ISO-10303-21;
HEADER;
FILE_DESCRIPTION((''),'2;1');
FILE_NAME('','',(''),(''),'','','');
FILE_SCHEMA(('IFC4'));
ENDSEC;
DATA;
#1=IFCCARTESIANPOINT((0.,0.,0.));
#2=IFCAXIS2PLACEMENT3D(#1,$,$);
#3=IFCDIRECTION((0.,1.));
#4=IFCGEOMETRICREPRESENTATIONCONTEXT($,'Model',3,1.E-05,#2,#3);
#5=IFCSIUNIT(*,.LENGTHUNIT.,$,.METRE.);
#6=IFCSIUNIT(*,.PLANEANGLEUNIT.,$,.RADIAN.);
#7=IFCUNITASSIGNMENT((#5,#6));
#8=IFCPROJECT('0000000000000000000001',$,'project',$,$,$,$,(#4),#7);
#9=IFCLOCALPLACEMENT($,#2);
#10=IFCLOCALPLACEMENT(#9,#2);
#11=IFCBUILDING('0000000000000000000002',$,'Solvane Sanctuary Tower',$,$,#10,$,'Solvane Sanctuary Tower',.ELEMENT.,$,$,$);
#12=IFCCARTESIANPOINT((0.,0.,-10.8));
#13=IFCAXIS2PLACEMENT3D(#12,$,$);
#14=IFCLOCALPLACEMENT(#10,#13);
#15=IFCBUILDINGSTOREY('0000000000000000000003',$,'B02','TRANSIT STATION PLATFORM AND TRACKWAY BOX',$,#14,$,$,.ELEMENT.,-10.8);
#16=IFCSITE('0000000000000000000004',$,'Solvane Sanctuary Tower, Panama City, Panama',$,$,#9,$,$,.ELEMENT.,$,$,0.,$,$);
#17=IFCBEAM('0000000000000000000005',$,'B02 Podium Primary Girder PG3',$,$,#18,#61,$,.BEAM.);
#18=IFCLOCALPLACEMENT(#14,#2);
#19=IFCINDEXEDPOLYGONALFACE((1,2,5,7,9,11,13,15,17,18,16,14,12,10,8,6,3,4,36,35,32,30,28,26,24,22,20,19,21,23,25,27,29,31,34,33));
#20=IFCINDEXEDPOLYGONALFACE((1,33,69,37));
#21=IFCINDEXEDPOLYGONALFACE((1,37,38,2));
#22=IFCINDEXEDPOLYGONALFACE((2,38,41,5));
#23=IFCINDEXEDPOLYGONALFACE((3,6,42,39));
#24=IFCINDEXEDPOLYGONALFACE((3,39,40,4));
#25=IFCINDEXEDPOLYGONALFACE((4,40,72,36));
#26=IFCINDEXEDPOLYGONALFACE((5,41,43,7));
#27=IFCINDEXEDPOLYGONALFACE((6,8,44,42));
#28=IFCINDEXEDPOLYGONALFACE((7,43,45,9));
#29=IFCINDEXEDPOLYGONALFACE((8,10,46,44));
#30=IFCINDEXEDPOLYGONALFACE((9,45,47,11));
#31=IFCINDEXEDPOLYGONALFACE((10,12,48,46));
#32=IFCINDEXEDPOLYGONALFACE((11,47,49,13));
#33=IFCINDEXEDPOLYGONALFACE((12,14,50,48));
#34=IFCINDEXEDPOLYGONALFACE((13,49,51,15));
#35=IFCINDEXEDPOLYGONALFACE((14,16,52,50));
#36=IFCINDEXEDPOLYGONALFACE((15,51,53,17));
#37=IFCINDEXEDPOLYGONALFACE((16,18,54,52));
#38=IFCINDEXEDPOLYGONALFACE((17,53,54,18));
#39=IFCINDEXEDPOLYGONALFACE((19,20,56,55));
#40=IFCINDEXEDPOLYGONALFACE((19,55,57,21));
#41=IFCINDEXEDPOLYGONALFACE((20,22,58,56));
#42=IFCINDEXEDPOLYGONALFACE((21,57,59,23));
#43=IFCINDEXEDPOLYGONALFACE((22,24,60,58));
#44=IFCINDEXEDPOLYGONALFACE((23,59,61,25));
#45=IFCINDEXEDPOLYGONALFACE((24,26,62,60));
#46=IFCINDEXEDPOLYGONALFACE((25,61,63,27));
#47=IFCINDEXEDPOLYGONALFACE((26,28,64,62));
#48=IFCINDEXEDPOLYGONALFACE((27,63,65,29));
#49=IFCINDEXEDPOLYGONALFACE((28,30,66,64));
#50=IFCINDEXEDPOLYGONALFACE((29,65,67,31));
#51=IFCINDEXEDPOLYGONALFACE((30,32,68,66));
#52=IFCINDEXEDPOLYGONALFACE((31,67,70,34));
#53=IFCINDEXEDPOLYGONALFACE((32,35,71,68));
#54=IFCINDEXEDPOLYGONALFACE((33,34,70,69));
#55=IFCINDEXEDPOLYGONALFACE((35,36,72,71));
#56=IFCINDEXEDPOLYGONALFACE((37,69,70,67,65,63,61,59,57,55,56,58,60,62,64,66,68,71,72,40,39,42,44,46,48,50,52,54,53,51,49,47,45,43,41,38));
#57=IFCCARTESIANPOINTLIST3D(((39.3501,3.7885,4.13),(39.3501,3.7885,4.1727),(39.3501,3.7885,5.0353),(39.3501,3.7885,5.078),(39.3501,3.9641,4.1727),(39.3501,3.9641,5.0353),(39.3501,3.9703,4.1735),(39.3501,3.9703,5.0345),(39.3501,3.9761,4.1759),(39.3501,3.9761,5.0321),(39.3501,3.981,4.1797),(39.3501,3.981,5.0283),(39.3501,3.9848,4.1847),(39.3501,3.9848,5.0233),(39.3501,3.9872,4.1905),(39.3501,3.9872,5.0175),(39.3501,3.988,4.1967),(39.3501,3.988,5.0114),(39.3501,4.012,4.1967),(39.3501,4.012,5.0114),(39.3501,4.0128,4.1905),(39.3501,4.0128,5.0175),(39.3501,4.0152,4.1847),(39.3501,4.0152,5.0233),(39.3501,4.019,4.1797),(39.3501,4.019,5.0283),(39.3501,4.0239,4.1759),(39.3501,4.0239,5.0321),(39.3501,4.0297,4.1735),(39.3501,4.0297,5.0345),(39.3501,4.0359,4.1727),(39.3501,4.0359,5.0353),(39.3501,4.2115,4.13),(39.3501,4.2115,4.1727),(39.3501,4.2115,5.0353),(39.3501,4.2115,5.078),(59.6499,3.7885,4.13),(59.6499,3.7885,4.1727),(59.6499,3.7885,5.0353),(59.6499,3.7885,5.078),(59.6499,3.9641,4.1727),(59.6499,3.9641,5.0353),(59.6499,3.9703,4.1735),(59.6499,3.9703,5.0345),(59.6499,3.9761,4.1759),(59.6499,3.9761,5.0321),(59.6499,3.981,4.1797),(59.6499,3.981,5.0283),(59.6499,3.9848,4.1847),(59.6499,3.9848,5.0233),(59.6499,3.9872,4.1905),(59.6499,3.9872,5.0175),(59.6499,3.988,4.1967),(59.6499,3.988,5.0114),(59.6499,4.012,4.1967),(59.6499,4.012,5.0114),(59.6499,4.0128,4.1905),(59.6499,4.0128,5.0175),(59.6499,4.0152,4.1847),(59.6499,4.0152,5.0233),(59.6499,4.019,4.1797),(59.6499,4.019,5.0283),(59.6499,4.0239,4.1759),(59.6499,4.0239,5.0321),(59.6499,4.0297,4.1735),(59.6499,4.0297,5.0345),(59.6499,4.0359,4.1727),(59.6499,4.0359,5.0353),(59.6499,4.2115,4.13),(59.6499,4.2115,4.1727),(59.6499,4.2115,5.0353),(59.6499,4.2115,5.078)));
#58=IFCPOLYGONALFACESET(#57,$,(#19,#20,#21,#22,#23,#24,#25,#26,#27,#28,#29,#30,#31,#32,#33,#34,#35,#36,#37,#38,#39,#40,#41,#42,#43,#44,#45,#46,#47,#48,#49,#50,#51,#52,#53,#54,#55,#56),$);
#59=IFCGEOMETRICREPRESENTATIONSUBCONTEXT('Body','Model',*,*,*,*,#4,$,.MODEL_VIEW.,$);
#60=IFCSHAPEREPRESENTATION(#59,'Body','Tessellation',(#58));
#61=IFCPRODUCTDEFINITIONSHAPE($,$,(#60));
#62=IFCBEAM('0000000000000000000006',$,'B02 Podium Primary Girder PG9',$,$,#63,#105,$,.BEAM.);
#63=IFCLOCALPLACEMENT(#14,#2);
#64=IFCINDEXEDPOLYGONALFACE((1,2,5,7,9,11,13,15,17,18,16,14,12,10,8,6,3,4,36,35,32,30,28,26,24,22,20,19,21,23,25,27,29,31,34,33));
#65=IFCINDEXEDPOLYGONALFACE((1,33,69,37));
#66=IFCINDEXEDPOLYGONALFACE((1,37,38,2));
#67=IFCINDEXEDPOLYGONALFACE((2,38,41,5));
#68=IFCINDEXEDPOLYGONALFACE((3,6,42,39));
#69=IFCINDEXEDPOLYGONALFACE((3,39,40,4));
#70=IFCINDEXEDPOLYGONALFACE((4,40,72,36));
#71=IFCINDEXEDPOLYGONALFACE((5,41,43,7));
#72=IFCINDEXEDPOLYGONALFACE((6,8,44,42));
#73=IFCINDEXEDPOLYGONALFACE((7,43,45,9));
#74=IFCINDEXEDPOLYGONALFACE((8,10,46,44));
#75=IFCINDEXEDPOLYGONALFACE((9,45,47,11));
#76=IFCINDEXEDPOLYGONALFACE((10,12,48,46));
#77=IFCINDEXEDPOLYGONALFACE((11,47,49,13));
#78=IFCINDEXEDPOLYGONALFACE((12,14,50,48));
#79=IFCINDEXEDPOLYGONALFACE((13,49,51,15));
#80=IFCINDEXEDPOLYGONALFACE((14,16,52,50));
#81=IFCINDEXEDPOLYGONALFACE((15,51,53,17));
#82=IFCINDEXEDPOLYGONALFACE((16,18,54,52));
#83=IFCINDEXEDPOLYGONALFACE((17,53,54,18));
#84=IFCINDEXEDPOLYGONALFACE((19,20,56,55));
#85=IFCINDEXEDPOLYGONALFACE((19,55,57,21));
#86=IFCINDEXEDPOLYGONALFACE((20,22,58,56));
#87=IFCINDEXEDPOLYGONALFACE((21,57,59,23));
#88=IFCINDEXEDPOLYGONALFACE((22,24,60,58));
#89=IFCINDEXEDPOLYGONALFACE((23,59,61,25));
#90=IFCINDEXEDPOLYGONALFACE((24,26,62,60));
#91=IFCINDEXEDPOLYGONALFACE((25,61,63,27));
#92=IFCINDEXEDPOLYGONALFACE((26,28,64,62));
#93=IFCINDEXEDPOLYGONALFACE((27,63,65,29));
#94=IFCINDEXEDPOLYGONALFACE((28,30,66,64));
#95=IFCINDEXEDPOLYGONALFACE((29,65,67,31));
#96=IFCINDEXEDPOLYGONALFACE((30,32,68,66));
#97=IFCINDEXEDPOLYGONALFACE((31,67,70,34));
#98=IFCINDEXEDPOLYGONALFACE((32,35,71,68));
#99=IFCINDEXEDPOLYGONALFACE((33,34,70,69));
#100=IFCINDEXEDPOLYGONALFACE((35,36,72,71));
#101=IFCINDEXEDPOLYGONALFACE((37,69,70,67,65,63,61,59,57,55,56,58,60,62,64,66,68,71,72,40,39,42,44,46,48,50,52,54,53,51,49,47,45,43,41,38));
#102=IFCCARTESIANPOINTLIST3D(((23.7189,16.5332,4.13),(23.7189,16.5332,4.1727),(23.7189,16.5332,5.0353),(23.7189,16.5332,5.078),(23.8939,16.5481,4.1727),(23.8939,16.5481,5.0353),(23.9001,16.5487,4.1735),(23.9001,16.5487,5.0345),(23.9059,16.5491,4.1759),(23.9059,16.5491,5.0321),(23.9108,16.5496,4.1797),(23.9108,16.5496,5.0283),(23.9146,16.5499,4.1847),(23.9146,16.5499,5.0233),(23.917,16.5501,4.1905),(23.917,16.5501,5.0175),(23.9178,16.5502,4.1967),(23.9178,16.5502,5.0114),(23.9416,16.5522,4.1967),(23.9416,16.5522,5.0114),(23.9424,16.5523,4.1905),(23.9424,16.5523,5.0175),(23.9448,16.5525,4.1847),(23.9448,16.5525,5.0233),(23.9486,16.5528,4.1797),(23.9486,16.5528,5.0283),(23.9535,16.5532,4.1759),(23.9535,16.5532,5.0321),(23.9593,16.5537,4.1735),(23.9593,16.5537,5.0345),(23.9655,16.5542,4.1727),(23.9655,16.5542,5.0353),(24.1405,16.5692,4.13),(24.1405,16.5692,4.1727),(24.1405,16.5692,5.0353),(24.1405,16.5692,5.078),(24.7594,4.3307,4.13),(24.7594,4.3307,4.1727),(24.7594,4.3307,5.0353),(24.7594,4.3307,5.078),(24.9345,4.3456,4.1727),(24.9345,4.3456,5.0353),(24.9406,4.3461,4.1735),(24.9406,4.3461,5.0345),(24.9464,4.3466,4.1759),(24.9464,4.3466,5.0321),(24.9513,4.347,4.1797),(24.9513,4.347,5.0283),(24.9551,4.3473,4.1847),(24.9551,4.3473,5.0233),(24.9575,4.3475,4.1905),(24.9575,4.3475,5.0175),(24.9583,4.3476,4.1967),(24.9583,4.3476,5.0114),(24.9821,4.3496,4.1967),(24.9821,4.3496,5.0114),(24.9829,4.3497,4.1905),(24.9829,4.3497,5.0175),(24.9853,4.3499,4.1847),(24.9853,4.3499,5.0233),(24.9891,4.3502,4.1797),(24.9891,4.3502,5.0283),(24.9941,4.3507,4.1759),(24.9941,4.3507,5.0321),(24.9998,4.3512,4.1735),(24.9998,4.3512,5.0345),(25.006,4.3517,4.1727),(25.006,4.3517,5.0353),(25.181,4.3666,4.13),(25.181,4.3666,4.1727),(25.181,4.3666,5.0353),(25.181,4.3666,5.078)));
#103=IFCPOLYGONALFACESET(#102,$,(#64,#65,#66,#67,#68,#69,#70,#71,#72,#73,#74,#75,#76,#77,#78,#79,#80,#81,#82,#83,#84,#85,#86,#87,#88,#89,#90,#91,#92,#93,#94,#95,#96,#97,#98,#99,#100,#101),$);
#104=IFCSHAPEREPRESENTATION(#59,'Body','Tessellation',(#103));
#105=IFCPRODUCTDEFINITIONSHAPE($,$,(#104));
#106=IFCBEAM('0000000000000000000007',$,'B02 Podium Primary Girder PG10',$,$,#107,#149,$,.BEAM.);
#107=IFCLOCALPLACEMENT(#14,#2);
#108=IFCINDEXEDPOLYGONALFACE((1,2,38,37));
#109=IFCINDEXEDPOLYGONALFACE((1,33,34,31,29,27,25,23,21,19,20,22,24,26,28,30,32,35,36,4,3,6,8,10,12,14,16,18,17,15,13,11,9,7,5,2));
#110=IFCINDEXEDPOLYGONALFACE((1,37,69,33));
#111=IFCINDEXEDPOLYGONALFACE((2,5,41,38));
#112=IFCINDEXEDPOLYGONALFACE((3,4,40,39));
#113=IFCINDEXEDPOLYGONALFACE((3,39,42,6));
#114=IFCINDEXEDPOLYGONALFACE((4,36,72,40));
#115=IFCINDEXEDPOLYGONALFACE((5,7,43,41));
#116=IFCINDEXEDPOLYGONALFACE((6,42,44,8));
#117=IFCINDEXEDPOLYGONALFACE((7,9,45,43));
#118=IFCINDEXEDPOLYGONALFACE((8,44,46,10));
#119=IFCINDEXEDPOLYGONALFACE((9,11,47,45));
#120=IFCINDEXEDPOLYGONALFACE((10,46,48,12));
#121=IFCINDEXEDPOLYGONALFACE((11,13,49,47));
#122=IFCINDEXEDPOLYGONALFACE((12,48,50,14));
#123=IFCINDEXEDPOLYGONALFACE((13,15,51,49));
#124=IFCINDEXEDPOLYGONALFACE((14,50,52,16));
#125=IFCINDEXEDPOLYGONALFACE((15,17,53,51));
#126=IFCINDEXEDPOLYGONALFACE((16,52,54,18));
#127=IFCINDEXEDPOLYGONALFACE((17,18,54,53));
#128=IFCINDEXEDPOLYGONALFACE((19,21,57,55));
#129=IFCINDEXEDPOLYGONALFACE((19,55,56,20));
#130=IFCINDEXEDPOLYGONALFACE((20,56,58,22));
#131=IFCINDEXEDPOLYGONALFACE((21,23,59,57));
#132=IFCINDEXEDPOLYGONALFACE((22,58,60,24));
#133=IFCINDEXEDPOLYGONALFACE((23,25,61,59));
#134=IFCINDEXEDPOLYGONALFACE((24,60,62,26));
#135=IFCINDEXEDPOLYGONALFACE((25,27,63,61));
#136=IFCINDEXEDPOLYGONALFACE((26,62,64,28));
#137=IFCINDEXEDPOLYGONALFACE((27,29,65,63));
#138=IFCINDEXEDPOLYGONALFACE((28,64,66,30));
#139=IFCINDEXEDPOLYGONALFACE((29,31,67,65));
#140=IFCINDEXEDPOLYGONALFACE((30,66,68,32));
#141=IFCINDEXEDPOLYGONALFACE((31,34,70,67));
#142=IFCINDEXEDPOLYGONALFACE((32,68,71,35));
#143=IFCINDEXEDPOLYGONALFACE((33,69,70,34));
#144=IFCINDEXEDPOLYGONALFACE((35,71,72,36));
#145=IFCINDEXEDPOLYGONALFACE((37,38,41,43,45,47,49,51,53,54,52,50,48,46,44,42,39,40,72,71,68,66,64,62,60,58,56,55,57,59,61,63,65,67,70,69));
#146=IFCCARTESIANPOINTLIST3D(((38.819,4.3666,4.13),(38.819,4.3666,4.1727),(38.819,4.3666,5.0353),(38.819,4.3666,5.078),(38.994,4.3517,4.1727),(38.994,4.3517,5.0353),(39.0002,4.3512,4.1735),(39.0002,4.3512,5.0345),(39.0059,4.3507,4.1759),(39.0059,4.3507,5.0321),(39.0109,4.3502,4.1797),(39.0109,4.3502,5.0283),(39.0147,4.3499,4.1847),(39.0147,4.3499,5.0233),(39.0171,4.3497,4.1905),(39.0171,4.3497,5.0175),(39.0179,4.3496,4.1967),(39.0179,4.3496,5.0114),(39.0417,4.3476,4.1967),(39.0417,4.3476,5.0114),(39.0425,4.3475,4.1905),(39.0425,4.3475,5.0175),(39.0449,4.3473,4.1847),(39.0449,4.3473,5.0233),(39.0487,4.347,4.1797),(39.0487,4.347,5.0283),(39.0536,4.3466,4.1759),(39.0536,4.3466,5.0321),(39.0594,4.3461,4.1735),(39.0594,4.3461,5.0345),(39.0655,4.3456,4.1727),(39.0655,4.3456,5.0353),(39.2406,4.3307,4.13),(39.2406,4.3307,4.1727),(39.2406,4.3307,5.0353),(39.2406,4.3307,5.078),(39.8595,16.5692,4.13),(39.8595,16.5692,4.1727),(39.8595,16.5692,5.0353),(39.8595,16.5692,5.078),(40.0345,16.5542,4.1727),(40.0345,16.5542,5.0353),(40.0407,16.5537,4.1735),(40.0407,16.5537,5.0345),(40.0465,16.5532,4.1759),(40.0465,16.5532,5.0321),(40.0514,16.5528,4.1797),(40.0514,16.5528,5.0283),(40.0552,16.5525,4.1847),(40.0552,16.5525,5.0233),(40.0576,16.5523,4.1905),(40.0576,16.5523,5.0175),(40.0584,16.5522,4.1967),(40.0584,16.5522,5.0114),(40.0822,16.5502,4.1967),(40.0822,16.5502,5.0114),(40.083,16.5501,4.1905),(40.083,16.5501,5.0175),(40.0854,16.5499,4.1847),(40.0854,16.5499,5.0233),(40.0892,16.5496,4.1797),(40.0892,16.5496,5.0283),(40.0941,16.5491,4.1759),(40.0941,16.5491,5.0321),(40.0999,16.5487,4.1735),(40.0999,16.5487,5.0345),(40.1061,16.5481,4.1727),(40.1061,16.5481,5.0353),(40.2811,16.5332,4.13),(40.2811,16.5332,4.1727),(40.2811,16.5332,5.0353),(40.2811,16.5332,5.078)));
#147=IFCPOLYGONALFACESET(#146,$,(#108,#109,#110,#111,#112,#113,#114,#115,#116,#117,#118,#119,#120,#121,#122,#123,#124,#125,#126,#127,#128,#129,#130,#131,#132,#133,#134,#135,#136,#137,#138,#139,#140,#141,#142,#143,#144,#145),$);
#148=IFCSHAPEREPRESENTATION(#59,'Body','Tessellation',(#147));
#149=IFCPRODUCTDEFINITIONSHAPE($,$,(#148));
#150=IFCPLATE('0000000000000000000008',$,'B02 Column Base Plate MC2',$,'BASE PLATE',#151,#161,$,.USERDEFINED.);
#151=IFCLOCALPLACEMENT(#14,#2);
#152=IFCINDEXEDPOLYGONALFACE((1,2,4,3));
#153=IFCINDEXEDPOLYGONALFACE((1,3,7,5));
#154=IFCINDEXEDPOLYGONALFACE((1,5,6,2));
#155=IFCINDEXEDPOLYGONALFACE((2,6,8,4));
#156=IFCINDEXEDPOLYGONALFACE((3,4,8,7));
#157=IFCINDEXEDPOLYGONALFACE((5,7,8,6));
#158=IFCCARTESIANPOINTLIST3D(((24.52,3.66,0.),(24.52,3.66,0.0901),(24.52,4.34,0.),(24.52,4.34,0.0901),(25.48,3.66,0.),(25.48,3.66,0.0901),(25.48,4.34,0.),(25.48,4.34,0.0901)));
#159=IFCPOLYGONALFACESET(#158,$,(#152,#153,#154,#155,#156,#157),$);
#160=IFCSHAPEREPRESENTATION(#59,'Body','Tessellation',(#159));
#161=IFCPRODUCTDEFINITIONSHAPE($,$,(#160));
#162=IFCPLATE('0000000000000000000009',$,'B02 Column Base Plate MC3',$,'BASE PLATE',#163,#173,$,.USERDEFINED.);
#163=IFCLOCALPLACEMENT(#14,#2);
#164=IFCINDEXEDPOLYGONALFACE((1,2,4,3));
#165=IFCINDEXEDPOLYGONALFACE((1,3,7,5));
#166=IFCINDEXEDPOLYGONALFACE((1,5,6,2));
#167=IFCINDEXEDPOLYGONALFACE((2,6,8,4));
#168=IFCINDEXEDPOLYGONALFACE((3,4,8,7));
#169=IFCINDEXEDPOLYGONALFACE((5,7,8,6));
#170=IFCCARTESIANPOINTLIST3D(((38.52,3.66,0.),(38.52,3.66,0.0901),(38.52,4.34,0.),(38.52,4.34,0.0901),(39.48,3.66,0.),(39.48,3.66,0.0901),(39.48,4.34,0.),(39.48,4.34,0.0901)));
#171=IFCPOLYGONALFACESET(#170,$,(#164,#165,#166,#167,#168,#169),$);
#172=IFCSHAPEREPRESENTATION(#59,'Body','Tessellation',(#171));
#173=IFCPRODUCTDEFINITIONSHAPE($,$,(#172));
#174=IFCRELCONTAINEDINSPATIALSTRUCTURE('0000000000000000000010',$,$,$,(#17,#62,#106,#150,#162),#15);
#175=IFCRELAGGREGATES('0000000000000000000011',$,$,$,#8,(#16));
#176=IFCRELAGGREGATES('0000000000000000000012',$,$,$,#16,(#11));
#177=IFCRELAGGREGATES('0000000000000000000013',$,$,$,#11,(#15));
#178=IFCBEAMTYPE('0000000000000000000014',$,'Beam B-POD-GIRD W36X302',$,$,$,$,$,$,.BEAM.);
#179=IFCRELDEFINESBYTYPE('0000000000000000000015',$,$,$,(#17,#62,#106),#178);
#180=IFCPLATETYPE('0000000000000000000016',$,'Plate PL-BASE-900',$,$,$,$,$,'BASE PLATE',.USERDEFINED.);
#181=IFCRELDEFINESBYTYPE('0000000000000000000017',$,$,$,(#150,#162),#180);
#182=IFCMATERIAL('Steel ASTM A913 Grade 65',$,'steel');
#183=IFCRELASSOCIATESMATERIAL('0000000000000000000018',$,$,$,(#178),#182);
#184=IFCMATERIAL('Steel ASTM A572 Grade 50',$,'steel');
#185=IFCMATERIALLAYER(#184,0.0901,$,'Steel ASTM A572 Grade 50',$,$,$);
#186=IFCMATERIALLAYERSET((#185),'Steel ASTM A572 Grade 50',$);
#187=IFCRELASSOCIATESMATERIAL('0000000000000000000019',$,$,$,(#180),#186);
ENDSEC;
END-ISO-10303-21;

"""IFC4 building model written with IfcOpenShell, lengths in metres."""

from ifc_helpers import new_model, si_unit, direction, frame, origin, origin_2d, place, context, subcontext, project, spatial, rectangle, i_section, extrude, material, layer, layer_set, material_profile, profile_set, type_object, element, save


model = new_model("IFC4")

# Units and contexts
model_context = context("Model", 3, precision=1e-05, world=origin(), true_north=direction((0.0, 1.0)))
body_context = subcontext(model_context, "Body", "Model", "MODEL_VIEW")
ifc_project = project(units=[si_unit("LENGTHUNIT", "METRE"), si_unit("PLANEANGLEUNIT", "RADIAN")], contexts=[model_context])

# Site, building, storey
site_placement = place(None, origin())
site = spatial("IfcSite", under=ifc_project, at=site_placement, Name="Solvane Sanctuary Tower, Panama City, Panama", CompositionType="ELEMENT", RefElevation=0.0)
building_placement = place(site_placement, origin())
building = spatial("IfcBuilding", under=site, at=building_placement, Name="Solvane Sanctuary Tower", LongName="Solvane Sanctuary Tower", CompositionType="ELEMENT")
storey_placement = place(building_placement, frame((0.0, 0.0, -10.8)))
storey = spatial("IfcBuildingStorey", under=building, at=storey_placement, Name="B02", Description="TRANSIT STATION PLATFORM AND TRACKWAY BOX", CompositionType="ELEMENT", Elevation=-10.8)

# Beams
ifc_material_1 = material(Name="Steel ASTM A913 Grade 65", Category="steel")
ifc_material_profile_1 = material_profile(ifc_material_1, i_section(OverallWidth=0.4231, OverallDepth=0.948, WebThickness=0.0239, FlangeThickness=0.0427, FilletRadius=0.0239, at=origin_2d()), Name="W36X302")
ifc_profile_set_1 = profile_set([ifc_material_profile_1], Name="Steel ASTM A913 Grade 65")
beam_type = type_object("IfcBeamType", Name="Beam B-POD-GIRD W36X302", PredefinedType="BEAM", material=ifc_profile_set_1)
beam_1_placement = place(storey_placement, frame((39.3501, 4.0, 4.604), z_axis=(1.0, 0.0, 0.0), x_axis=(0.0, 1.0, 0.0)))
element("IfcBeam", 1, at=beam_1_placement, inside=storey, type_object=beam_type, Name="B02 Podium Primary Girder PG3", PredefinedType="BEAM", context=body_context, shape_type="SweptSolid", body=[
    extrude(i_section(OverallWidth=0.4231, OverallDepth=0.948, WebThickness=0.0239, FlangeThickness=0.0427, FilletRadius=0.0239, at=origin_2d()), origin(), (0.0, 0.0, 1.0), 20.2998),
])
for number, where, z_axis, x_axis, name in (
    (2, (24.9702, 4.3486, 4.604), (-0.084962, 0.996384, 0.0), (-0.996384, -0.084962, 0.0), "B02 Podium Primary Girder PG9"),
    (3, (39.0298, 4.3486, 4.604), (0.084962, 0.996384, 0.0), (-0.996384, 0.084962, 0.0), "B02 Podium Primary Girder PG10"),
):
    element("IfcBeam", number, at=place(storey_placement, frame(where, z_axis=z_axis, x_axis=x_axis)), inside=storey, type_object=beam_type, Name=name, PredefinedType="BEAM", context=body_context, shape_type="SweptSolid", body=[
        extrude(i_section(OverallWidth=0.4231, OverallDepth=0.948, WebThickness=0.0239, FlangeThickness=0.0427, FilletRadius=0.0239, at=origin_2d()), origin(), (0.0, 0.0, 1.0), 12.2468),
    ])

# Plates
ifc_material_2 = material(Name="Steel ASTM A572 Grade 50", Category="steel")
ifc_layer = layer(ifc_material_2, 0.0901, Name="Steel ASTM A572 Grade 50")
ifc_layer_set = layer_set([ifc_layer], Name="Steel ASTM A572 Grade 50")
plate_type = type_object("IfcPlateType", Name="Plate PL-BASE-900", ElementType="BASE PLATE", PredefinedType="USERDEFINED", material=ifc_layer_set)
for number, where, z_axis, x_axis, name in (
    (4, (25.0, 4.0, 0.0), (0.0, 0.0, 1.0), (1.0, 0.0, 0.0), "B02 Column Base Plate MC2"),
    (5, (39.0, 4.0, 0.0), (0.0, 0.0, 1.0), (1.0, 0.0, 0.0), "B02 Column Base Plate MC3"),
):
    element("IfcPlate", number, at=place(storey_placement, frame(where, z_axis=z_axis, x_axis=x_axis)), inside=storey, type_object=plate_type, Name=name, ObjectType="BASE PLATE", PredefinedType="USERDEFINED", context=body_context, shape_type="SweptSolid", body=[
        extrude(rectangle(XDim=0.96, YDim=0.6799, at=origin_2d()), origin(), (0.0, 0.0, 1.0), 0.0901),
    ])

save(model, "model.ifc")
